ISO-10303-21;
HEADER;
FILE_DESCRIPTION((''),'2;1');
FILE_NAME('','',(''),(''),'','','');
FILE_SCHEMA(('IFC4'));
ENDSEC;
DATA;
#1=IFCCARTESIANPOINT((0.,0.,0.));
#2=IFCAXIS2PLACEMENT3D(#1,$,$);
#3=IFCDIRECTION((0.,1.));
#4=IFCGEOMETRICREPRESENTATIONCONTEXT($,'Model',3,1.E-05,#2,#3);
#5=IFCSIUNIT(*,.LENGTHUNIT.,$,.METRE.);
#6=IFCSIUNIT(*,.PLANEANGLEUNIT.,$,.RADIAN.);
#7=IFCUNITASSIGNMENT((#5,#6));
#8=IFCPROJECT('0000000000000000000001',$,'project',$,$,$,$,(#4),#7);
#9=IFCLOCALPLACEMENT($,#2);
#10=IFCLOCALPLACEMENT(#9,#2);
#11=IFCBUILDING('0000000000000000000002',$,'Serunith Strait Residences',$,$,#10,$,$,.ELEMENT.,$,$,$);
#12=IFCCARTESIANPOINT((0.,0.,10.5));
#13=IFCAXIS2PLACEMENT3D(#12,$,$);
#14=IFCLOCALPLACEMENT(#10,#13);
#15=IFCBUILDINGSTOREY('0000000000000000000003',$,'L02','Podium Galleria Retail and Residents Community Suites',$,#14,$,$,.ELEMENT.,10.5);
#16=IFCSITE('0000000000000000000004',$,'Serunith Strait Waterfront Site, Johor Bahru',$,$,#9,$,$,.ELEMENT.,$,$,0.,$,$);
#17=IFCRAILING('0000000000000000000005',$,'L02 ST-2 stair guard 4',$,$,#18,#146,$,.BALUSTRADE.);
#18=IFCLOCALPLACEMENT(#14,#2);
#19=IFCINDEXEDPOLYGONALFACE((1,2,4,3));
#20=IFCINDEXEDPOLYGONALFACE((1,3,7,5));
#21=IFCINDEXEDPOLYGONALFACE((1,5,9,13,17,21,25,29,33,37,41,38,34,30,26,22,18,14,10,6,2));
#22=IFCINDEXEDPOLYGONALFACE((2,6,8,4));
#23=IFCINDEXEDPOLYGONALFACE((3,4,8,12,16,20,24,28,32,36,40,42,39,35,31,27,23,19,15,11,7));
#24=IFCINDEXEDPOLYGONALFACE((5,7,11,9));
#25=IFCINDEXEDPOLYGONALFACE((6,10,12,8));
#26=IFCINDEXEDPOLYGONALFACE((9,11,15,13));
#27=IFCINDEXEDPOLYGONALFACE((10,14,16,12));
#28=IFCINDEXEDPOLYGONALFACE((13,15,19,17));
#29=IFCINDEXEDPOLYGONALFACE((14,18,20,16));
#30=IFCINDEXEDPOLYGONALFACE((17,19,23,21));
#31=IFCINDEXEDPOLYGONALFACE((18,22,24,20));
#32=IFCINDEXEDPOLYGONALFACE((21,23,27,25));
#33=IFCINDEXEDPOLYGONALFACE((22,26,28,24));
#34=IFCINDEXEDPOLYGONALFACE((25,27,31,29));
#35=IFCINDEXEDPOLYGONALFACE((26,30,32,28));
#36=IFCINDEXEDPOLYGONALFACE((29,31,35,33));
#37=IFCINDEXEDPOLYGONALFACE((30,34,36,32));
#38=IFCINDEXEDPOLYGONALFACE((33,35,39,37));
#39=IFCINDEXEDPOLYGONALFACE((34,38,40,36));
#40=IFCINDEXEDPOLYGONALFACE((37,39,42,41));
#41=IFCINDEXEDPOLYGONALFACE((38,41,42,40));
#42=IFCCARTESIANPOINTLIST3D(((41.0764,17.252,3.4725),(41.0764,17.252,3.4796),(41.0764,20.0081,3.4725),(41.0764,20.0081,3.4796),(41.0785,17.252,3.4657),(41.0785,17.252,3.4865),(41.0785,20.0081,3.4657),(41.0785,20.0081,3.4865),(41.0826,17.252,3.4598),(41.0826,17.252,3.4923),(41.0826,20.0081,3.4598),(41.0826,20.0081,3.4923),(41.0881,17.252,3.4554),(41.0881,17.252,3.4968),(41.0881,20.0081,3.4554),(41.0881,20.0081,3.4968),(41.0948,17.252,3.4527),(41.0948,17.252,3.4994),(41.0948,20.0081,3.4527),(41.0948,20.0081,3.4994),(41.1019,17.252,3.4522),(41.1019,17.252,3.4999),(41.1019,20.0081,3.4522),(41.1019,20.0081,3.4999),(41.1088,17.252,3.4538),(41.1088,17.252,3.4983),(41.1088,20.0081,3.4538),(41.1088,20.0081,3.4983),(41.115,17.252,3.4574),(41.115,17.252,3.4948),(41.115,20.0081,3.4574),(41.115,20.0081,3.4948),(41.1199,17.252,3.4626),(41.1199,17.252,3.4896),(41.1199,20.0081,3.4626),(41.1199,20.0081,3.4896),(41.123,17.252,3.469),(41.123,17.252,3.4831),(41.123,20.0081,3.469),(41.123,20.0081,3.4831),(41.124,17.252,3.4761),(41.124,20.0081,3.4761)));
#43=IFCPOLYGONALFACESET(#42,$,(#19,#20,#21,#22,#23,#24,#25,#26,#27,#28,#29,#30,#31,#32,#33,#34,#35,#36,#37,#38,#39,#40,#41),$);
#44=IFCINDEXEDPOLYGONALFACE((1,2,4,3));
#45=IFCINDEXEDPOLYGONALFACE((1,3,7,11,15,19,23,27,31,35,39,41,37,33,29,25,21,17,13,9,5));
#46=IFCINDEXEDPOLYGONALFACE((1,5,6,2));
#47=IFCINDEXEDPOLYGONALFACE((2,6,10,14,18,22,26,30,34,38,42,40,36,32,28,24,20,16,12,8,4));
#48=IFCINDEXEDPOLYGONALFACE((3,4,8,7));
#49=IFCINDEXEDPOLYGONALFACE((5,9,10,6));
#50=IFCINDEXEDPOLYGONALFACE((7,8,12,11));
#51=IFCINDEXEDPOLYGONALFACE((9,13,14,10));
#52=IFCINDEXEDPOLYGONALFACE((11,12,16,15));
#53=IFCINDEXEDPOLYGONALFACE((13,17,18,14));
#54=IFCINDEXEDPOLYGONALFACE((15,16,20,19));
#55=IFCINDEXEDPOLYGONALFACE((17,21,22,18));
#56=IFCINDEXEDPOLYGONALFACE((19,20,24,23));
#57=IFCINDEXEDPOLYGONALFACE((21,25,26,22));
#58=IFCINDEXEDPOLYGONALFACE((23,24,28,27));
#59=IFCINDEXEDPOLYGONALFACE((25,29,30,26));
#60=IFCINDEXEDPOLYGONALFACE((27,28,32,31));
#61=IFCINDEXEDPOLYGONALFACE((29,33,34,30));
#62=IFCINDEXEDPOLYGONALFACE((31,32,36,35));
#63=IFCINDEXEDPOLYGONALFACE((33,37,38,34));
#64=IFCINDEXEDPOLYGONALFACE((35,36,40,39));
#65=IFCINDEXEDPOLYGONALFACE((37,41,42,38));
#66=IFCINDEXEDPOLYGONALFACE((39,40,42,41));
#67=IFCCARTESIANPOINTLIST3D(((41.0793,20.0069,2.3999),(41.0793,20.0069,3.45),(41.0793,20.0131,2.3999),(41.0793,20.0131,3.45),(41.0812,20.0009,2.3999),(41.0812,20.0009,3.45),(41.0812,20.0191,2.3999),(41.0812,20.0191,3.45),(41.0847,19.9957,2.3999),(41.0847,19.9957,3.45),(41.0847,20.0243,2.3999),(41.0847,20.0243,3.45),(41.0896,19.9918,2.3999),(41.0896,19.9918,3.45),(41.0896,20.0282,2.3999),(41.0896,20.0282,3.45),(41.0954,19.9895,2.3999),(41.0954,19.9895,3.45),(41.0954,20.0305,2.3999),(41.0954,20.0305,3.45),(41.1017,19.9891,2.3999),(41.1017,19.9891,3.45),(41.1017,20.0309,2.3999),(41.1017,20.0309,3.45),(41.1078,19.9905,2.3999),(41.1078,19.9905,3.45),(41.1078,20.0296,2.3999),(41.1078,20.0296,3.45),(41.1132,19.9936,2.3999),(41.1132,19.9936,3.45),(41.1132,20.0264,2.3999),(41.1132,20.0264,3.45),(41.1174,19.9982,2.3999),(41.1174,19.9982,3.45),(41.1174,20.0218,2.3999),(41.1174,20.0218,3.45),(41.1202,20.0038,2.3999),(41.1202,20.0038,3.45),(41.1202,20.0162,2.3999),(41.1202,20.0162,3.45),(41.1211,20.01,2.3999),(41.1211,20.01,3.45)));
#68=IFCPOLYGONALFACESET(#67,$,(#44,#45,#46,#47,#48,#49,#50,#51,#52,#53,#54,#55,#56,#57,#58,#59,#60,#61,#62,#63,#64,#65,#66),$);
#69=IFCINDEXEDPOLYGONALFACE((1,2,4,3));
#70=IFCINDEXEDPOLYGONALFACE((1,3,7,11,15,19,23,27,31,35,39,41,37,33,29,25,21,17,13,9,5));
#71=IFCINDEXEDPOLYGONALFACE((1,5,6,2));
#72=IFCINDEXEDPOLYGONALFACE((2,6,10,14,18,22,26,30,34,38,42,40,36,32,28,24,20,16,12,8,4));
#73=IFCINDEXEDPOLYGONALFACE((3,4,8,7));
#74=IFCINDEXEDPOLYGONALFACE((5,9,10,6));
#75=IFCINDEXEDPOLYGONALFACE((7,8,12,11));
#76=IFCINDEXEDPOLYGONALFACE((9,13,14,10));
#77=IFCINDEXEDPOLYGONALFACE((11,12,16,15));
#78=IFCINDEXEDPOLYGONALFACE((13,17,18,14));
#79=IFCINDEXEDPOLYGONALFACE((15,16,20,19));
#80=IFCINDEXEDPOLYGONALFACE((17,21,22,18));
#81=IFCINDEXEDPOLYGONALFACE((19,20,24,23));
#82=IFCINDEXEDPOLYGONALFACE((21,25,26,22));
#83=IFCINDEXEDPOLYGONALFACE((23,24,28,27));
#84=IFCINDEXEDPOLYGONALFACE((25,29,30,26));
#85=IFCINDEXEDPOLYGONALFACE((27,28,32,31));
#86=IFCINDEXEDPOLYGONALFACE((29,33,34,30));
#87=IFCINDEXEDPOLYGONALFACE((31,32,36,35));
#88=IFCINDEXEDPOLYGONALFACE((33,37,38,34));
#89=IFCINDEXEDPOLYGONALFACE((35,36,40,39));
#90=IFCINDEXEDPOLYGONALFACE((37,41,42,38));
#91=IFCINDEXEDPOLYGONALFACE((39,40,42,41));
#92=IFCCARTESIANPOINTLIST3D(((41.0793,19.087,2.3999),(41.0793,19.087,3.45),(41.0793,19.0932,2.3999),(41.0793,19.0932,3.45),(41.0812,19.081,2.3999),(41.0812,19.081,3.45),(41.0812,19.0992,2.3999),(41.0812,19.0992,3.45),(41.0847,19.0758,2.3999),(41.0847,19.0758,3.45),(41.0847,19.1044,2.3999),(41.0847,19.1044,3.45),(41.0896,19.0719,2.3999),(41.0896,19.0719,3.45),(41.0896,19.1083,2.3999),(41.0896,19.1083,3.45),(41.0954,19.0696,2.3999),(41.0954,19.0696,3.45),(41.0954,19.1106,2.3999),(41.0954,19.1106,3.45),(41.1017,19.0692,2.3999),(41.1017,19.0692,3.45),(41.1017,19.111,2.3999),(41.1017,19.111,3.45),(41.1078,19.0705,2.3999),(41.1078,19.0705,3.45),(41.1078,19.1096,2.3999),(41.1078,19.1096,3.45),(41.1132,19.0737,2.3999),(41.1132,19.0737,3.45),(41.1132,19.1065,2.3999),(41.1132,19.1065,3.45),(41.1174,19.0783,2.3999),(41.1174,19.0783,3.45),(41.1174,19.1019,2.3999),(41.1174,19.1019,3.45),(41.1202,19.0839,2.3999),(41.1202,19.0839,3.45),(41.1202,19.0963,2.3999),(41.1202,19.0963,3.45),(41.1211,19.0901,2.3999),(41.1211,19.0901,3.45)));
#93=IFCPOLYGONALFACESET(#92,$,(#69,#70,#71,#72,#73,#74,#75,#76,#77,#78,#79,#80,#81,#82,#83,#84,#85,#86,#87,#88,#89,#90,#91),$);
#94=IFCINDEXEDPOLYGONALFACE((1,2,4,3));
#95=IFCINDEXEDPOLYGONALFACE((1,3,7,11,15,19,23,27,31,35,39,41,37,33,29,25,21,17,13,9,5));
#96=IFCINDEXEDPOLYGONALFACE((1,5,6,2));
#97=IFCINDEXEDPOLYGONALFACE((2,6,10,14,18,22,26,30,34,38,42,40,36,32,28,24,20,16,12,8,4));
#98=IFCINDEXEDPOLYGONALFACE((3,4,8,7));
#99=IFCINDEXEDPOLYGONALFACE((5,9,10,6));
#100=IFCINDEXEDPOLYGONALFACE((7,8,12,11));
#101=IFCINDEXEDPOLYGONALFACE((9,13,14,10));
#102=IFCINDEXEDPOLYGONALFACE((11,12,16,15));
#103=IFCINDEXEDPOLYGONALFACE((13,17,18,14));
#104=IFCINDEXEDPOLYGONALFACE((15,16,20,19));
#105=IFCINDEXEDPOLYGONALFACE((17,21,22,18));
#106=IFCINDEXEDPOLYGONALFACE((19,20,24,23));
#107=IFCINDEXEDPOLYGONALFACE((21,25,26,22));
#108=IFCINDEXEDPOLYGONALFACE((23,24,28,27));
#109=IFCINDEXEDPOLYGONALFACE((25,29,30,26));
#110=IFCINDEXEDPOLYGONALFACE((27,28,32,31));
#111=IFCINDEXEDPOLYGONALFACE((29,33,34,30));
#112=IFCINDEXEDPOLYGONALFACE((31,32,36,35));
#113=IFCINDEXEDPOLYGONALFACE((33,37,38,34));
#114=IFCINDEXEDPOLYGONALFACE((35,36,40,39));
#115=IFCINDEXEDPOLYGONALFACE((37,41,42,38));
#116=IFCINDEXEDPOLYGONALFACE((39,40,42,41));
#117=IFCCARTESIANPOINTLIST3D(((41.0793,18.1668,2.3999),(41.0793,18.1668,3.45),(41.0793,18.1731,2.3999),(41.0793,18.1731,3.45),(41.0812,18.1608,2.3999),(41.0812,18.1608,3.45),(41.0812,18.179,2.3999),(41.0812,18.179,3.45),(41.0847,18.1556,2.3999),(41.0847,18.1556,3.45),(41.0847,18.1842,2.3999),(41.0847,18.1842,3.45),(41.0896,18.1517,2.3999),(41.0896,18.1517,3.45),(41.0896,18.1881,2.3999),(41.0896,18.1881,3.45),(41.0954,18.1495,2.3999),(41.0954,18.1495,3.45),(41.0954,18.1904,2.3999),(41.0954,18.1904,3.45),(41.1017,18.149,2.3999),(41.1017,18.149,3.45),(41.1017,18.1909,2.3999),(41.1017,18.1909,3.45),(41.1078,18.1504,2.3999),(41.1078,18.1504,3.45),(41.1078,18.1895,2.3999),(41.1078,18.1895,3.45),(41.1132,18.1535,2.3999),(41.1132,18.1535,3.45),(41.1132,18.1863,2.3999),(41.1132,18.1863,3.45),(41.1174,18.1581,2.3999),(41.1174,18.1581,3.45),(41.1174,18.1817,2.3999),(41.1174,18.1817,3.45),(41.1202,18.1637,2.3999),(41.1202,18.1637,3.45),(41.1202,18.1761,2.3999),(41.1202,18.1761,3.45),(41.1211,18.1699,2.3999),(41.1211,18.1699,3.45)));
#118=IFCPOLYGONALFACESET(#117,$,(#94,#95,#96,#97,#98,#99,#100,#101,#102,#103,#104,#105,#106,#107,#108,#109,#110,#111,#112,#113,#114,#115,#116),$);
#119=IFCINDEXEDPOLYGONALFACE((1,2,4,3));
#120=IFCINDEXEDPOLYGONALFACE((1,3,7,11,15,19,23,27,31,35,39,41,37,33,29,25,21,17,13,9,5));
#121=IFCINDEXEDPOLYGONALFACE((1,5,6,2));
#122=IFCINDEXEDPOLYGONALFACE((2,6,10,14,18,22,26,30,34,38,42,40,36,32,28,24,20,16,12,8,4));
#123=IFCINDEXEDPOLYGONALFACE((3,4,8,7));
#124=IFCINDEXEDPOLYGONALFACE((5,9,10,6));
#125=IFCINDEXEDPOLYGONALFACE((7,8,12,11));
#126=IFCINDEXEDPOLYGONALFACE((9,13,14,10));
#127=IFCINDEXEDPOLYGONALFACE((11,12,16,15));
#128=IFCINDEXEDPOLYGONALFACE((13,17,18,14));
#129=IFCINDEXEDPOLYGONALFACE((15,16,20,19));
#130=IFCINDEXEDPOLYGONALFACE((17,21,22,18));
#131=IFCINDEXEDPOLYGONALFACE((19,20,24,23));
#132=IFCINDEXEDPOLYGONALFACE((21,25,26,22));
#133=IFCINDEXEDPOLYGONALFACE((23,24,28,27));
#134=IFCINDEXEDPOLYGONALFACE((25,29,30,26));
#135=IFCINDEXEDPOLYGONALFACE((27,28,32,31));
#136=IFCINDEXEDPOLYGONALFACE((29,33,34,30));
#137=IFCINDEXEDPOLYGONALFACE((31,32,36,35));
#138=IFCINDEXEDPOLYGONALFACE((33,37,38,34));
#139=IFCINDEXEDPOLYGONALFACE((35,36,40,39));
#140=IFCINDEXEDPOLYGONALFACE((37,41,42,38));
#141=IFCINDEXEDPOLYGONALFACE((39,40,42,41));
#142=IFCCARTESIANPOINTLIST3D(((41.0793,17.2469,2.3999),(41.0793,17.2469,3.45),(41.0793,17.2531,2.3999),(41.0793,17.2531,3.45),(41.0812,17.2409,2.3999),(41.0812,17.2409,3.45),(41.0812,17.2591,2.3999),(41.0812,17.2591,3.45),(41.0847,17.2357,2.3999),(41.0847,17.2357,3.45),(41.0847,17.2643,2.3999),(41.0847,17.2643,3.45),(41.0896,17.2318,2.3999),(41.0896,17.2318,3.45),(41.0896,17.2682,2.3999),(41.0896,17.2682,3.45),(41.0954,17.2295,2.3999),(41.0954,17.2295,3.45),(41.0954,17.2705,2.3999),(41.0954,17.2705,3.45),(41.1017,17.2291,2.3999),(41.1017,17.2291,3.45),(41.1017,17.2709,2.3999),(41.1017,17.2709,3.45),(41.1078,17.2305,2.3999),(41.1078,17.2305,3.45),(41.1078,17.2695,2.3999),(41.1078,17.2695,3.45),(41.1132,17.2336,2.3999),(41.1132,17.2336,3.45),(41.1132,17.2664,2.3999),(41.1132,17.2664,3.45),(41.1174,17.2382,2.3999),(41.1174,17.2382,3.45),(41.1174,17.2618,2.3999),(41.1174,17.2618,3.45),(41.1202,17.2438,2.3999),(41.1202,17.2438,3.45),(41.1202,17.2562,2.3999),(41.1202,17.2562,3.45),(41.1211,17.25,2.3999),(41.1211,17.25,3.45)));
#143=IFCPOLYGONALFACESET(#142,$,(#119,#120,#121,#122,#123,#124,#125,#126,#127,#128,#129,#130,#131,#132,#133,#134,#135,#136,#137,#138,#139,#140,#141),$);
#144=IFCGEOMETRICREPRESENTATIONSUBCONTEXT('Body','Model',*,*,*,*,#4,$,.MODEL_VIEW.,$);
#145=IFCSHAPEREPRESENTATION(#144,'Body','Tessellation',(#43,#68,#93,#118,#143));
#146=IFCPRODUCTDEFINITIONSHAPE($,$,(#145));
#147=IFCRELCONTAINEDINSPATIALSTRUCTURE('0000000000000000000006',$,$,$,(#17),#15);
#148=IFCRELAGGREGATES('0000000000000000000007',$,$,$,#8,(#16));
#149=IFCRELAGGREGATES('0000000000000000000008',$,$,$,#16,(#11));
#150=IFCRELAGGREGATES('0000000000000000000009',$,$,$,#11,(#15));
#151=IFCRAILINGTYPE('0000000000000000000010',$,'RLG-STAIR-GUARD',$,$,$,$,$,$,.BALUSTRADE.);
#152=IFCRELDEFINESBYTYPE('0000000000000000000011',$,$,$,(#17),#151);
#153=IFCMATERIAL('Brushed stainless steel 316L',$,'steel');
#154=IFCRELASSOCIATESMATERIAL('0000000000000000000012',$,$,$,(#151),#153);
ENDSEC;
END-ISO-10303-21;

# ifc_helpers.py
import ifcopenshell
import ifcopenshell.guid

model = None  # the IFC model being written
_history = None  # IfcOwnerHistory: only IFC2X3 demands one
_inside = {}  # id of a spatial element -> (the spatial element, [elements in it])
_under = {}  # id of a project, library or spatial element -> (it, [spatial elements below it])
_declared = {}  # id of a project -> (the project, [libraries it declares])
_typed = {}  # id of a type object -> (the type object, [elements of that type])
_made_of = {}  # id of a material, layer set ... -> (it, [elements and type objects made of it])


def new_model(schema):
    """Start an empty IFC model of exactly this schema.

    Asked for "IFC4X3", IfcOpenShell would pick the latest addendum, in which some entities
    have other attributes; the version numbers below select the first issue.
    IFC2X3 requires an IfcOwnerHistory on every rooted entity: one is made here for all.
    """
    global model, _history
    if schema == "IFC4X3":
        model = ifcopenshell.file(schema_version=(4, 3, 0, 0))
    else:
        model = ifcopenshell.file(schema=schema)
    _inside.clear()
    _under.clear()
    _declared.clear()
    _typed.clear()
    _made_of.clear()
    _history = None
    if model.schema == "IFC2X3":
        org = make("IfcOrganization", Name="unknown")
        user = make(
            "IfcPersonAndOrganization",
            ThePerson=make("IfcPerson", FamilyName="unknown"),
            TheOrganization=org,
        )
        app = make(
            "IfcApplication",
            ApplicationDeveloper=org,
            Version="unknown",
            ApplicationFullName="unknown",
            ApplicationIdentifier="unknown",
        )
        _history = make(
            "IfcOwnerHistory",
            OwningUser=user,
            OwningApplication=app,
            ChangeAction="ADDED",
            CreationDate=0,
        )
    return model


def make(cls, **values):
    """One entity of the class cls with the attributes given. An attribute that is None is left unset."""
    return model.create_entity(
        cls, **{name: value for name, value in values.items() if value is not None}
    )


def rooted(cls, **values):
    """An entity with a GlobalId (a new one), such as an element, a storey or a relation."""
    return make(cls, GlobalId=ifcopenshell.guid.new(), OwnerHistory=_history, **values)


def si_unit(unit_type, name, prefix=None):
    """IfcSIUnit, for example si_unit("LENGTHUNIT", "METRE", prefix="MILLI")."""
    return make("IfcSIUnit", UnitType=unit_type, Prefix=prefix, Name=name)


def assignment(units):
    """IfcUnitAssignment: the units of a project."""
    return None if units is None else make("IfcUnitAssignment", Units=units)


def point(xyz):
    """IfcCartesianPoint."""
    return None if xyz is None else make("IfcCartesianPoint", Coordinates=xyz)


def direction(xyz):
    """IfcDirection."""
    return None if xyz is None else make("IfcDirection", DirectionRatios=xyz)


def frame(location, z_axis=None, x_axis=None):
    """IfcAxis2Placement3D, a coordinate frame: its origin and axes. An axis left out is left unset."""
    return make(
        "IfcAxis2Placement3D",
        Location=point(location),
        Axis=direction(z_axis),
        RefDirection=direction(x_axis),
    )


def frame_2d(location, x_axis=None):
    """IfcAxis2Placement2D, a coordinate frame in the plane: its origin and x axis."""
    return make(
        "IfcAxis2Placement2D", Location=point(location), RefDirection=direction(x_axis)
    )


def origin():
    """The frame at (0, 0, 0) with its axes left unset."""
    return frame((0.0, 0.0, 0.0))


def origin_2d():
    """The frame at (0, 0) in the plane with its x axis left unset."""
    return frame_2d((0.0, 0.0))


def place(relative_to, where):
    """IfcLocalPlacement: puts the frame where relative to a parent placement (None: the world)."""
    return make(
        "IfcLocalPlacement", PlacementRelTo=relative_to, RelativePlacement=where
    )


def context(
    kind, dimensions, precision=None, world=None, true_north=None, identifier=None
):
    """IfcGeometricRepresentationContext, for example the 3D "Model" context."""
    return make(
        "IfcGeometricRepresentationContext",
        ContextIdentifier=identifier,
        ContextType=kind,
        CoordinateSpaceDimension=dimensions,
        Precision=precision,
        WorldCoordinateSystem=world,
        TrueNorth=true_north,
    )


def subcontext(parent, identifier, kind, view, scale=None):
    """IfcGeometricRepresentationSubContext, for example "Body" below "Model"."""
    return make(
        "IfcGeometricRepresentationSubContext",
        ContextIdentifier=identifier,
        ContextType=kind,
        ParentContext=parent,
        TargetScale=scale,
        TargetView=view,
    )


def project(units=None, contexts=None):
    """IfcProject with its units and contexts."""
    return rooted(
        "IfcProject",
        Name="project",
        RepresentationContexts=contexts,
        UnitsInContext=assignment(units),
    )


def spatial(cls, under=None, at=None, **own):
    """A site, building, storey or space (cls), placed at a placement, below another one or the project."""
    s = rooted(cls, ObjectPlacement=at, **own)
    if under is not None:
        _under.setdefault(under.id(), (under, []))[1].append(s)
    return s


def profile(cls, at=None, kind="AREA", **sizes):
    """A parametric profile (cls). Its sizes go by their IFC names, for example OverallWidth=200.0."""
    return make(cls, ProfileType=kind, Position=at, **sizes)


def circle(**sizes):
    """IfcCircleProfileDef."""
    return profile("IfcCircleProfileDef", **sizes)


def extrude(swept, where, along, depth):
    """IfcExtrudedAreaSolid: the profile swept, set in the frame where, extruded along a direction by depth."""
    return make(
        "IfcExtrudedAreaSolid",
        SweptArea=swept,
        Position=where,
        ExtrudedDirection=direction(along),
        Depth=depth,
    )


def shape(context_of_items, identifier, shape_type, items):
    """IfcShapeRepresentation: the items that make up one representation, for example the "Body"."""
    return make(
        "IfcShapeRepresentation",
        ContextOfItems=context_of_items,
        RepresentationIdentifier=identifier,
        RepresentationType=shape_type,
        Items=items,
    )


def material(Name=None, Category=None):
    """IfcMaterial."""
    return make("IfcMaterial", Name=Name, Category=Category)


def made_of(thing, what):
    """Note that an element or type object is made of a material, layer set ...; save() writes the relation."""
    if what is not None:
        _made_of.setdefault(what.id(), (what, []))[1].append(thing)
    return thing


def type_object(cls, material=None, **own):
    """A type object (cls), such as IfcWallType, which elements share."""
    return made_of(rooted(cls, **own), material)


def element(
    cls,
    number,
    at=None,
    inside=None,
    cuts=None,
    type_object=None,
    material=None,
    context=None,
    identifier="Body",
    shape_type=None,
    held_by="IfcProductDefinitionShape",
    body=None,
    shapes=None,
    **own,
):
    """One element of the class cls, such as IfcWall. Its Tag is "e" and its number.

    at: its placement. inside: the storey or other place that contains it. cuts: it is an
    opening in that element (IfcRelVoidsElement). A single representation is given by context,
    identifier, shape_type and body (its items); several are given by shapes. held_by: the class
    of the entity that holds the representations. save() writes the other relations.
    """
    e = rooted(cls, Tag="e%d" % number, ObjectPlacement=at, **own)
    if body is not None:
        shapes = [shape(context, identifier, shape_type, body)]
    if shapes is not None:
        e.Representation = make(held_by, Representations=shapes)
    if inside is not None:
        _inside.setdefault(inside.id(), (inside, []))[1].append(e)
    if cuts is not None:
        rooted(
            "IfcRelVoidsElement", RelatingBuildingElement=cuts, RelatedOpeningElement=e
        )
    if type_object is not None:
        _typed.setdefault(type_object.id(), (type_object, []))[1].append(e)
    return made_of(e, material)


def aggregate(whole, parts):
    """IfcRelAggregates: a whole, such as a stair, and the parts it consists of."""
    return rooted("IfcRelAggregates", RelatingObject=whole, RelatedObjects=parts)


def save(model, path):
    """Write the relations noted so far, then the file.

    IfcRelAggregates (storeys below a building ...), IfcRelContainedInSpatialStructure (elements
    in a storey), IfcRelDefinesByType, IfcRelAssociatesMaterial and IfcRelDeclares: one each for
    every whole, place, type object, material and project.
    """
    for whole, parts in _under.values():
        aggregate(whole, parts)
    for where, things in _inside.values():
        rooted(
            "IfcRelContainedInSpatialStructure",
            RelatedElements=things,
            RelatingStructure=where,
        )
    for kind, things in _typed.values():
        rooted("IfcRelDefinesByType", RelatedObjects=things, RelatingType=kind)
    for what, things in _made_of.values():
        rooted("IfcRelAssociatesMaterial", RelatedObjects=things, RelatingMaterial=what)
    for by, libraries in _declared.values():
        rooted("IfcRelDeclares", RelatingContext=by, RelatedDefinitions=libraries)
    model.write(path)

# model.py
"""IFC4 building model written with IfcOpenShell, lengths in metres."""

from ifc_helpers import new_model, si_unit, direction, frame, origin, origin_2d, place, context, subcontext, project, spatial, circle, extrude, material, type_object, element, save


model = new_model("IFC4")

# Units and contexts
model_context = context("Model", 3, precision=1e-05, world=origin(), true_north=direction((0.0, 1.0)))
body_context = subcontext(model_context, "Body", "Model", "MODEL_VIEW")
ifc_project = project(units=[si_unit("LENGTHUNIT", "METRE"), si_unit("PLANEANGLEUNIT", "RADIAN")], contexts=[model_context])

# Site, building, storey
site_placement = place(None, origin())
site = spatial("IfcSite", under=ifc_project, at=site_placement, Name="Serunith Strait Waterfront Site, Johor Bahru", CompositionType="ELEMENT", RefElevation=0.0)
building_placement = place(site_placement, origin())
building = spatial("IfcBuilding", under=site, at=building_placement, Name="Serunith Strait Residences", CompositionType="ELEMENT")
storey_placement = place(building_placement, frame((0.0, 0.0, 10.5)))
storey = spatial("IfcBuildingStorey", under=building, at=storey_placement, Name="L02", Description="Podium Galleria Retail and Residents Community Suites", CompositionType="ELEMENT", Elevation=10.5)

# Railing
ifc_material_1 = material(Name="Brushed stainless steel 316L", Category="steel")
railing_type_1 = type_object("IfcRailingType", Name="RLG-STAIR-GUARD", PredefinedType="BALUSTRADE", material=ifc_material_1)
railing_1_placement = place(storey_placement, frame((41.1001, 20.01, 2.3999)))
element("IfcRailing", 1, at=railing_1_placement, inside=storey, type_object=railing_type_1, Name="L02 ST-2 stair guard 4", PredefinedType="BALUSTRADE", context=body_context, shape_type="SweptSolid", body=[
    extrude(circle(Radius=0.0239, at=origin_2d()), frame((0.0, -0.002, 1.0762), z_axis=(0.0, -1.0, 0.0), x_axis=(1.0, 0.0, 0.0)), (0.0, 0.0, 1.0), 2.7561),
    extrude(circle(Radius=0.021, at=origin_2d()), origin(), (0.0, 0.0, 1.0), 1.05),
    extrude(circle(Radius=0.021, at=origin_2d()), frame((0.0, -0.9199, 0.0)), (0.0, 0.0, 1.0), 1.05),
    extrude(circle(Radius=0.021, at=origin_2d()), frame((0.0, -1.8401, 0.0)), (0.0, 0.0, 1.0), 1.05),
    extrude(circle(Radius=0.021, at=origin_2d()), frame((0.0, -2.76, 0.0)), (0.0, 0.0, 1.0), 1.05),
])

save(model, "model.ifc")
